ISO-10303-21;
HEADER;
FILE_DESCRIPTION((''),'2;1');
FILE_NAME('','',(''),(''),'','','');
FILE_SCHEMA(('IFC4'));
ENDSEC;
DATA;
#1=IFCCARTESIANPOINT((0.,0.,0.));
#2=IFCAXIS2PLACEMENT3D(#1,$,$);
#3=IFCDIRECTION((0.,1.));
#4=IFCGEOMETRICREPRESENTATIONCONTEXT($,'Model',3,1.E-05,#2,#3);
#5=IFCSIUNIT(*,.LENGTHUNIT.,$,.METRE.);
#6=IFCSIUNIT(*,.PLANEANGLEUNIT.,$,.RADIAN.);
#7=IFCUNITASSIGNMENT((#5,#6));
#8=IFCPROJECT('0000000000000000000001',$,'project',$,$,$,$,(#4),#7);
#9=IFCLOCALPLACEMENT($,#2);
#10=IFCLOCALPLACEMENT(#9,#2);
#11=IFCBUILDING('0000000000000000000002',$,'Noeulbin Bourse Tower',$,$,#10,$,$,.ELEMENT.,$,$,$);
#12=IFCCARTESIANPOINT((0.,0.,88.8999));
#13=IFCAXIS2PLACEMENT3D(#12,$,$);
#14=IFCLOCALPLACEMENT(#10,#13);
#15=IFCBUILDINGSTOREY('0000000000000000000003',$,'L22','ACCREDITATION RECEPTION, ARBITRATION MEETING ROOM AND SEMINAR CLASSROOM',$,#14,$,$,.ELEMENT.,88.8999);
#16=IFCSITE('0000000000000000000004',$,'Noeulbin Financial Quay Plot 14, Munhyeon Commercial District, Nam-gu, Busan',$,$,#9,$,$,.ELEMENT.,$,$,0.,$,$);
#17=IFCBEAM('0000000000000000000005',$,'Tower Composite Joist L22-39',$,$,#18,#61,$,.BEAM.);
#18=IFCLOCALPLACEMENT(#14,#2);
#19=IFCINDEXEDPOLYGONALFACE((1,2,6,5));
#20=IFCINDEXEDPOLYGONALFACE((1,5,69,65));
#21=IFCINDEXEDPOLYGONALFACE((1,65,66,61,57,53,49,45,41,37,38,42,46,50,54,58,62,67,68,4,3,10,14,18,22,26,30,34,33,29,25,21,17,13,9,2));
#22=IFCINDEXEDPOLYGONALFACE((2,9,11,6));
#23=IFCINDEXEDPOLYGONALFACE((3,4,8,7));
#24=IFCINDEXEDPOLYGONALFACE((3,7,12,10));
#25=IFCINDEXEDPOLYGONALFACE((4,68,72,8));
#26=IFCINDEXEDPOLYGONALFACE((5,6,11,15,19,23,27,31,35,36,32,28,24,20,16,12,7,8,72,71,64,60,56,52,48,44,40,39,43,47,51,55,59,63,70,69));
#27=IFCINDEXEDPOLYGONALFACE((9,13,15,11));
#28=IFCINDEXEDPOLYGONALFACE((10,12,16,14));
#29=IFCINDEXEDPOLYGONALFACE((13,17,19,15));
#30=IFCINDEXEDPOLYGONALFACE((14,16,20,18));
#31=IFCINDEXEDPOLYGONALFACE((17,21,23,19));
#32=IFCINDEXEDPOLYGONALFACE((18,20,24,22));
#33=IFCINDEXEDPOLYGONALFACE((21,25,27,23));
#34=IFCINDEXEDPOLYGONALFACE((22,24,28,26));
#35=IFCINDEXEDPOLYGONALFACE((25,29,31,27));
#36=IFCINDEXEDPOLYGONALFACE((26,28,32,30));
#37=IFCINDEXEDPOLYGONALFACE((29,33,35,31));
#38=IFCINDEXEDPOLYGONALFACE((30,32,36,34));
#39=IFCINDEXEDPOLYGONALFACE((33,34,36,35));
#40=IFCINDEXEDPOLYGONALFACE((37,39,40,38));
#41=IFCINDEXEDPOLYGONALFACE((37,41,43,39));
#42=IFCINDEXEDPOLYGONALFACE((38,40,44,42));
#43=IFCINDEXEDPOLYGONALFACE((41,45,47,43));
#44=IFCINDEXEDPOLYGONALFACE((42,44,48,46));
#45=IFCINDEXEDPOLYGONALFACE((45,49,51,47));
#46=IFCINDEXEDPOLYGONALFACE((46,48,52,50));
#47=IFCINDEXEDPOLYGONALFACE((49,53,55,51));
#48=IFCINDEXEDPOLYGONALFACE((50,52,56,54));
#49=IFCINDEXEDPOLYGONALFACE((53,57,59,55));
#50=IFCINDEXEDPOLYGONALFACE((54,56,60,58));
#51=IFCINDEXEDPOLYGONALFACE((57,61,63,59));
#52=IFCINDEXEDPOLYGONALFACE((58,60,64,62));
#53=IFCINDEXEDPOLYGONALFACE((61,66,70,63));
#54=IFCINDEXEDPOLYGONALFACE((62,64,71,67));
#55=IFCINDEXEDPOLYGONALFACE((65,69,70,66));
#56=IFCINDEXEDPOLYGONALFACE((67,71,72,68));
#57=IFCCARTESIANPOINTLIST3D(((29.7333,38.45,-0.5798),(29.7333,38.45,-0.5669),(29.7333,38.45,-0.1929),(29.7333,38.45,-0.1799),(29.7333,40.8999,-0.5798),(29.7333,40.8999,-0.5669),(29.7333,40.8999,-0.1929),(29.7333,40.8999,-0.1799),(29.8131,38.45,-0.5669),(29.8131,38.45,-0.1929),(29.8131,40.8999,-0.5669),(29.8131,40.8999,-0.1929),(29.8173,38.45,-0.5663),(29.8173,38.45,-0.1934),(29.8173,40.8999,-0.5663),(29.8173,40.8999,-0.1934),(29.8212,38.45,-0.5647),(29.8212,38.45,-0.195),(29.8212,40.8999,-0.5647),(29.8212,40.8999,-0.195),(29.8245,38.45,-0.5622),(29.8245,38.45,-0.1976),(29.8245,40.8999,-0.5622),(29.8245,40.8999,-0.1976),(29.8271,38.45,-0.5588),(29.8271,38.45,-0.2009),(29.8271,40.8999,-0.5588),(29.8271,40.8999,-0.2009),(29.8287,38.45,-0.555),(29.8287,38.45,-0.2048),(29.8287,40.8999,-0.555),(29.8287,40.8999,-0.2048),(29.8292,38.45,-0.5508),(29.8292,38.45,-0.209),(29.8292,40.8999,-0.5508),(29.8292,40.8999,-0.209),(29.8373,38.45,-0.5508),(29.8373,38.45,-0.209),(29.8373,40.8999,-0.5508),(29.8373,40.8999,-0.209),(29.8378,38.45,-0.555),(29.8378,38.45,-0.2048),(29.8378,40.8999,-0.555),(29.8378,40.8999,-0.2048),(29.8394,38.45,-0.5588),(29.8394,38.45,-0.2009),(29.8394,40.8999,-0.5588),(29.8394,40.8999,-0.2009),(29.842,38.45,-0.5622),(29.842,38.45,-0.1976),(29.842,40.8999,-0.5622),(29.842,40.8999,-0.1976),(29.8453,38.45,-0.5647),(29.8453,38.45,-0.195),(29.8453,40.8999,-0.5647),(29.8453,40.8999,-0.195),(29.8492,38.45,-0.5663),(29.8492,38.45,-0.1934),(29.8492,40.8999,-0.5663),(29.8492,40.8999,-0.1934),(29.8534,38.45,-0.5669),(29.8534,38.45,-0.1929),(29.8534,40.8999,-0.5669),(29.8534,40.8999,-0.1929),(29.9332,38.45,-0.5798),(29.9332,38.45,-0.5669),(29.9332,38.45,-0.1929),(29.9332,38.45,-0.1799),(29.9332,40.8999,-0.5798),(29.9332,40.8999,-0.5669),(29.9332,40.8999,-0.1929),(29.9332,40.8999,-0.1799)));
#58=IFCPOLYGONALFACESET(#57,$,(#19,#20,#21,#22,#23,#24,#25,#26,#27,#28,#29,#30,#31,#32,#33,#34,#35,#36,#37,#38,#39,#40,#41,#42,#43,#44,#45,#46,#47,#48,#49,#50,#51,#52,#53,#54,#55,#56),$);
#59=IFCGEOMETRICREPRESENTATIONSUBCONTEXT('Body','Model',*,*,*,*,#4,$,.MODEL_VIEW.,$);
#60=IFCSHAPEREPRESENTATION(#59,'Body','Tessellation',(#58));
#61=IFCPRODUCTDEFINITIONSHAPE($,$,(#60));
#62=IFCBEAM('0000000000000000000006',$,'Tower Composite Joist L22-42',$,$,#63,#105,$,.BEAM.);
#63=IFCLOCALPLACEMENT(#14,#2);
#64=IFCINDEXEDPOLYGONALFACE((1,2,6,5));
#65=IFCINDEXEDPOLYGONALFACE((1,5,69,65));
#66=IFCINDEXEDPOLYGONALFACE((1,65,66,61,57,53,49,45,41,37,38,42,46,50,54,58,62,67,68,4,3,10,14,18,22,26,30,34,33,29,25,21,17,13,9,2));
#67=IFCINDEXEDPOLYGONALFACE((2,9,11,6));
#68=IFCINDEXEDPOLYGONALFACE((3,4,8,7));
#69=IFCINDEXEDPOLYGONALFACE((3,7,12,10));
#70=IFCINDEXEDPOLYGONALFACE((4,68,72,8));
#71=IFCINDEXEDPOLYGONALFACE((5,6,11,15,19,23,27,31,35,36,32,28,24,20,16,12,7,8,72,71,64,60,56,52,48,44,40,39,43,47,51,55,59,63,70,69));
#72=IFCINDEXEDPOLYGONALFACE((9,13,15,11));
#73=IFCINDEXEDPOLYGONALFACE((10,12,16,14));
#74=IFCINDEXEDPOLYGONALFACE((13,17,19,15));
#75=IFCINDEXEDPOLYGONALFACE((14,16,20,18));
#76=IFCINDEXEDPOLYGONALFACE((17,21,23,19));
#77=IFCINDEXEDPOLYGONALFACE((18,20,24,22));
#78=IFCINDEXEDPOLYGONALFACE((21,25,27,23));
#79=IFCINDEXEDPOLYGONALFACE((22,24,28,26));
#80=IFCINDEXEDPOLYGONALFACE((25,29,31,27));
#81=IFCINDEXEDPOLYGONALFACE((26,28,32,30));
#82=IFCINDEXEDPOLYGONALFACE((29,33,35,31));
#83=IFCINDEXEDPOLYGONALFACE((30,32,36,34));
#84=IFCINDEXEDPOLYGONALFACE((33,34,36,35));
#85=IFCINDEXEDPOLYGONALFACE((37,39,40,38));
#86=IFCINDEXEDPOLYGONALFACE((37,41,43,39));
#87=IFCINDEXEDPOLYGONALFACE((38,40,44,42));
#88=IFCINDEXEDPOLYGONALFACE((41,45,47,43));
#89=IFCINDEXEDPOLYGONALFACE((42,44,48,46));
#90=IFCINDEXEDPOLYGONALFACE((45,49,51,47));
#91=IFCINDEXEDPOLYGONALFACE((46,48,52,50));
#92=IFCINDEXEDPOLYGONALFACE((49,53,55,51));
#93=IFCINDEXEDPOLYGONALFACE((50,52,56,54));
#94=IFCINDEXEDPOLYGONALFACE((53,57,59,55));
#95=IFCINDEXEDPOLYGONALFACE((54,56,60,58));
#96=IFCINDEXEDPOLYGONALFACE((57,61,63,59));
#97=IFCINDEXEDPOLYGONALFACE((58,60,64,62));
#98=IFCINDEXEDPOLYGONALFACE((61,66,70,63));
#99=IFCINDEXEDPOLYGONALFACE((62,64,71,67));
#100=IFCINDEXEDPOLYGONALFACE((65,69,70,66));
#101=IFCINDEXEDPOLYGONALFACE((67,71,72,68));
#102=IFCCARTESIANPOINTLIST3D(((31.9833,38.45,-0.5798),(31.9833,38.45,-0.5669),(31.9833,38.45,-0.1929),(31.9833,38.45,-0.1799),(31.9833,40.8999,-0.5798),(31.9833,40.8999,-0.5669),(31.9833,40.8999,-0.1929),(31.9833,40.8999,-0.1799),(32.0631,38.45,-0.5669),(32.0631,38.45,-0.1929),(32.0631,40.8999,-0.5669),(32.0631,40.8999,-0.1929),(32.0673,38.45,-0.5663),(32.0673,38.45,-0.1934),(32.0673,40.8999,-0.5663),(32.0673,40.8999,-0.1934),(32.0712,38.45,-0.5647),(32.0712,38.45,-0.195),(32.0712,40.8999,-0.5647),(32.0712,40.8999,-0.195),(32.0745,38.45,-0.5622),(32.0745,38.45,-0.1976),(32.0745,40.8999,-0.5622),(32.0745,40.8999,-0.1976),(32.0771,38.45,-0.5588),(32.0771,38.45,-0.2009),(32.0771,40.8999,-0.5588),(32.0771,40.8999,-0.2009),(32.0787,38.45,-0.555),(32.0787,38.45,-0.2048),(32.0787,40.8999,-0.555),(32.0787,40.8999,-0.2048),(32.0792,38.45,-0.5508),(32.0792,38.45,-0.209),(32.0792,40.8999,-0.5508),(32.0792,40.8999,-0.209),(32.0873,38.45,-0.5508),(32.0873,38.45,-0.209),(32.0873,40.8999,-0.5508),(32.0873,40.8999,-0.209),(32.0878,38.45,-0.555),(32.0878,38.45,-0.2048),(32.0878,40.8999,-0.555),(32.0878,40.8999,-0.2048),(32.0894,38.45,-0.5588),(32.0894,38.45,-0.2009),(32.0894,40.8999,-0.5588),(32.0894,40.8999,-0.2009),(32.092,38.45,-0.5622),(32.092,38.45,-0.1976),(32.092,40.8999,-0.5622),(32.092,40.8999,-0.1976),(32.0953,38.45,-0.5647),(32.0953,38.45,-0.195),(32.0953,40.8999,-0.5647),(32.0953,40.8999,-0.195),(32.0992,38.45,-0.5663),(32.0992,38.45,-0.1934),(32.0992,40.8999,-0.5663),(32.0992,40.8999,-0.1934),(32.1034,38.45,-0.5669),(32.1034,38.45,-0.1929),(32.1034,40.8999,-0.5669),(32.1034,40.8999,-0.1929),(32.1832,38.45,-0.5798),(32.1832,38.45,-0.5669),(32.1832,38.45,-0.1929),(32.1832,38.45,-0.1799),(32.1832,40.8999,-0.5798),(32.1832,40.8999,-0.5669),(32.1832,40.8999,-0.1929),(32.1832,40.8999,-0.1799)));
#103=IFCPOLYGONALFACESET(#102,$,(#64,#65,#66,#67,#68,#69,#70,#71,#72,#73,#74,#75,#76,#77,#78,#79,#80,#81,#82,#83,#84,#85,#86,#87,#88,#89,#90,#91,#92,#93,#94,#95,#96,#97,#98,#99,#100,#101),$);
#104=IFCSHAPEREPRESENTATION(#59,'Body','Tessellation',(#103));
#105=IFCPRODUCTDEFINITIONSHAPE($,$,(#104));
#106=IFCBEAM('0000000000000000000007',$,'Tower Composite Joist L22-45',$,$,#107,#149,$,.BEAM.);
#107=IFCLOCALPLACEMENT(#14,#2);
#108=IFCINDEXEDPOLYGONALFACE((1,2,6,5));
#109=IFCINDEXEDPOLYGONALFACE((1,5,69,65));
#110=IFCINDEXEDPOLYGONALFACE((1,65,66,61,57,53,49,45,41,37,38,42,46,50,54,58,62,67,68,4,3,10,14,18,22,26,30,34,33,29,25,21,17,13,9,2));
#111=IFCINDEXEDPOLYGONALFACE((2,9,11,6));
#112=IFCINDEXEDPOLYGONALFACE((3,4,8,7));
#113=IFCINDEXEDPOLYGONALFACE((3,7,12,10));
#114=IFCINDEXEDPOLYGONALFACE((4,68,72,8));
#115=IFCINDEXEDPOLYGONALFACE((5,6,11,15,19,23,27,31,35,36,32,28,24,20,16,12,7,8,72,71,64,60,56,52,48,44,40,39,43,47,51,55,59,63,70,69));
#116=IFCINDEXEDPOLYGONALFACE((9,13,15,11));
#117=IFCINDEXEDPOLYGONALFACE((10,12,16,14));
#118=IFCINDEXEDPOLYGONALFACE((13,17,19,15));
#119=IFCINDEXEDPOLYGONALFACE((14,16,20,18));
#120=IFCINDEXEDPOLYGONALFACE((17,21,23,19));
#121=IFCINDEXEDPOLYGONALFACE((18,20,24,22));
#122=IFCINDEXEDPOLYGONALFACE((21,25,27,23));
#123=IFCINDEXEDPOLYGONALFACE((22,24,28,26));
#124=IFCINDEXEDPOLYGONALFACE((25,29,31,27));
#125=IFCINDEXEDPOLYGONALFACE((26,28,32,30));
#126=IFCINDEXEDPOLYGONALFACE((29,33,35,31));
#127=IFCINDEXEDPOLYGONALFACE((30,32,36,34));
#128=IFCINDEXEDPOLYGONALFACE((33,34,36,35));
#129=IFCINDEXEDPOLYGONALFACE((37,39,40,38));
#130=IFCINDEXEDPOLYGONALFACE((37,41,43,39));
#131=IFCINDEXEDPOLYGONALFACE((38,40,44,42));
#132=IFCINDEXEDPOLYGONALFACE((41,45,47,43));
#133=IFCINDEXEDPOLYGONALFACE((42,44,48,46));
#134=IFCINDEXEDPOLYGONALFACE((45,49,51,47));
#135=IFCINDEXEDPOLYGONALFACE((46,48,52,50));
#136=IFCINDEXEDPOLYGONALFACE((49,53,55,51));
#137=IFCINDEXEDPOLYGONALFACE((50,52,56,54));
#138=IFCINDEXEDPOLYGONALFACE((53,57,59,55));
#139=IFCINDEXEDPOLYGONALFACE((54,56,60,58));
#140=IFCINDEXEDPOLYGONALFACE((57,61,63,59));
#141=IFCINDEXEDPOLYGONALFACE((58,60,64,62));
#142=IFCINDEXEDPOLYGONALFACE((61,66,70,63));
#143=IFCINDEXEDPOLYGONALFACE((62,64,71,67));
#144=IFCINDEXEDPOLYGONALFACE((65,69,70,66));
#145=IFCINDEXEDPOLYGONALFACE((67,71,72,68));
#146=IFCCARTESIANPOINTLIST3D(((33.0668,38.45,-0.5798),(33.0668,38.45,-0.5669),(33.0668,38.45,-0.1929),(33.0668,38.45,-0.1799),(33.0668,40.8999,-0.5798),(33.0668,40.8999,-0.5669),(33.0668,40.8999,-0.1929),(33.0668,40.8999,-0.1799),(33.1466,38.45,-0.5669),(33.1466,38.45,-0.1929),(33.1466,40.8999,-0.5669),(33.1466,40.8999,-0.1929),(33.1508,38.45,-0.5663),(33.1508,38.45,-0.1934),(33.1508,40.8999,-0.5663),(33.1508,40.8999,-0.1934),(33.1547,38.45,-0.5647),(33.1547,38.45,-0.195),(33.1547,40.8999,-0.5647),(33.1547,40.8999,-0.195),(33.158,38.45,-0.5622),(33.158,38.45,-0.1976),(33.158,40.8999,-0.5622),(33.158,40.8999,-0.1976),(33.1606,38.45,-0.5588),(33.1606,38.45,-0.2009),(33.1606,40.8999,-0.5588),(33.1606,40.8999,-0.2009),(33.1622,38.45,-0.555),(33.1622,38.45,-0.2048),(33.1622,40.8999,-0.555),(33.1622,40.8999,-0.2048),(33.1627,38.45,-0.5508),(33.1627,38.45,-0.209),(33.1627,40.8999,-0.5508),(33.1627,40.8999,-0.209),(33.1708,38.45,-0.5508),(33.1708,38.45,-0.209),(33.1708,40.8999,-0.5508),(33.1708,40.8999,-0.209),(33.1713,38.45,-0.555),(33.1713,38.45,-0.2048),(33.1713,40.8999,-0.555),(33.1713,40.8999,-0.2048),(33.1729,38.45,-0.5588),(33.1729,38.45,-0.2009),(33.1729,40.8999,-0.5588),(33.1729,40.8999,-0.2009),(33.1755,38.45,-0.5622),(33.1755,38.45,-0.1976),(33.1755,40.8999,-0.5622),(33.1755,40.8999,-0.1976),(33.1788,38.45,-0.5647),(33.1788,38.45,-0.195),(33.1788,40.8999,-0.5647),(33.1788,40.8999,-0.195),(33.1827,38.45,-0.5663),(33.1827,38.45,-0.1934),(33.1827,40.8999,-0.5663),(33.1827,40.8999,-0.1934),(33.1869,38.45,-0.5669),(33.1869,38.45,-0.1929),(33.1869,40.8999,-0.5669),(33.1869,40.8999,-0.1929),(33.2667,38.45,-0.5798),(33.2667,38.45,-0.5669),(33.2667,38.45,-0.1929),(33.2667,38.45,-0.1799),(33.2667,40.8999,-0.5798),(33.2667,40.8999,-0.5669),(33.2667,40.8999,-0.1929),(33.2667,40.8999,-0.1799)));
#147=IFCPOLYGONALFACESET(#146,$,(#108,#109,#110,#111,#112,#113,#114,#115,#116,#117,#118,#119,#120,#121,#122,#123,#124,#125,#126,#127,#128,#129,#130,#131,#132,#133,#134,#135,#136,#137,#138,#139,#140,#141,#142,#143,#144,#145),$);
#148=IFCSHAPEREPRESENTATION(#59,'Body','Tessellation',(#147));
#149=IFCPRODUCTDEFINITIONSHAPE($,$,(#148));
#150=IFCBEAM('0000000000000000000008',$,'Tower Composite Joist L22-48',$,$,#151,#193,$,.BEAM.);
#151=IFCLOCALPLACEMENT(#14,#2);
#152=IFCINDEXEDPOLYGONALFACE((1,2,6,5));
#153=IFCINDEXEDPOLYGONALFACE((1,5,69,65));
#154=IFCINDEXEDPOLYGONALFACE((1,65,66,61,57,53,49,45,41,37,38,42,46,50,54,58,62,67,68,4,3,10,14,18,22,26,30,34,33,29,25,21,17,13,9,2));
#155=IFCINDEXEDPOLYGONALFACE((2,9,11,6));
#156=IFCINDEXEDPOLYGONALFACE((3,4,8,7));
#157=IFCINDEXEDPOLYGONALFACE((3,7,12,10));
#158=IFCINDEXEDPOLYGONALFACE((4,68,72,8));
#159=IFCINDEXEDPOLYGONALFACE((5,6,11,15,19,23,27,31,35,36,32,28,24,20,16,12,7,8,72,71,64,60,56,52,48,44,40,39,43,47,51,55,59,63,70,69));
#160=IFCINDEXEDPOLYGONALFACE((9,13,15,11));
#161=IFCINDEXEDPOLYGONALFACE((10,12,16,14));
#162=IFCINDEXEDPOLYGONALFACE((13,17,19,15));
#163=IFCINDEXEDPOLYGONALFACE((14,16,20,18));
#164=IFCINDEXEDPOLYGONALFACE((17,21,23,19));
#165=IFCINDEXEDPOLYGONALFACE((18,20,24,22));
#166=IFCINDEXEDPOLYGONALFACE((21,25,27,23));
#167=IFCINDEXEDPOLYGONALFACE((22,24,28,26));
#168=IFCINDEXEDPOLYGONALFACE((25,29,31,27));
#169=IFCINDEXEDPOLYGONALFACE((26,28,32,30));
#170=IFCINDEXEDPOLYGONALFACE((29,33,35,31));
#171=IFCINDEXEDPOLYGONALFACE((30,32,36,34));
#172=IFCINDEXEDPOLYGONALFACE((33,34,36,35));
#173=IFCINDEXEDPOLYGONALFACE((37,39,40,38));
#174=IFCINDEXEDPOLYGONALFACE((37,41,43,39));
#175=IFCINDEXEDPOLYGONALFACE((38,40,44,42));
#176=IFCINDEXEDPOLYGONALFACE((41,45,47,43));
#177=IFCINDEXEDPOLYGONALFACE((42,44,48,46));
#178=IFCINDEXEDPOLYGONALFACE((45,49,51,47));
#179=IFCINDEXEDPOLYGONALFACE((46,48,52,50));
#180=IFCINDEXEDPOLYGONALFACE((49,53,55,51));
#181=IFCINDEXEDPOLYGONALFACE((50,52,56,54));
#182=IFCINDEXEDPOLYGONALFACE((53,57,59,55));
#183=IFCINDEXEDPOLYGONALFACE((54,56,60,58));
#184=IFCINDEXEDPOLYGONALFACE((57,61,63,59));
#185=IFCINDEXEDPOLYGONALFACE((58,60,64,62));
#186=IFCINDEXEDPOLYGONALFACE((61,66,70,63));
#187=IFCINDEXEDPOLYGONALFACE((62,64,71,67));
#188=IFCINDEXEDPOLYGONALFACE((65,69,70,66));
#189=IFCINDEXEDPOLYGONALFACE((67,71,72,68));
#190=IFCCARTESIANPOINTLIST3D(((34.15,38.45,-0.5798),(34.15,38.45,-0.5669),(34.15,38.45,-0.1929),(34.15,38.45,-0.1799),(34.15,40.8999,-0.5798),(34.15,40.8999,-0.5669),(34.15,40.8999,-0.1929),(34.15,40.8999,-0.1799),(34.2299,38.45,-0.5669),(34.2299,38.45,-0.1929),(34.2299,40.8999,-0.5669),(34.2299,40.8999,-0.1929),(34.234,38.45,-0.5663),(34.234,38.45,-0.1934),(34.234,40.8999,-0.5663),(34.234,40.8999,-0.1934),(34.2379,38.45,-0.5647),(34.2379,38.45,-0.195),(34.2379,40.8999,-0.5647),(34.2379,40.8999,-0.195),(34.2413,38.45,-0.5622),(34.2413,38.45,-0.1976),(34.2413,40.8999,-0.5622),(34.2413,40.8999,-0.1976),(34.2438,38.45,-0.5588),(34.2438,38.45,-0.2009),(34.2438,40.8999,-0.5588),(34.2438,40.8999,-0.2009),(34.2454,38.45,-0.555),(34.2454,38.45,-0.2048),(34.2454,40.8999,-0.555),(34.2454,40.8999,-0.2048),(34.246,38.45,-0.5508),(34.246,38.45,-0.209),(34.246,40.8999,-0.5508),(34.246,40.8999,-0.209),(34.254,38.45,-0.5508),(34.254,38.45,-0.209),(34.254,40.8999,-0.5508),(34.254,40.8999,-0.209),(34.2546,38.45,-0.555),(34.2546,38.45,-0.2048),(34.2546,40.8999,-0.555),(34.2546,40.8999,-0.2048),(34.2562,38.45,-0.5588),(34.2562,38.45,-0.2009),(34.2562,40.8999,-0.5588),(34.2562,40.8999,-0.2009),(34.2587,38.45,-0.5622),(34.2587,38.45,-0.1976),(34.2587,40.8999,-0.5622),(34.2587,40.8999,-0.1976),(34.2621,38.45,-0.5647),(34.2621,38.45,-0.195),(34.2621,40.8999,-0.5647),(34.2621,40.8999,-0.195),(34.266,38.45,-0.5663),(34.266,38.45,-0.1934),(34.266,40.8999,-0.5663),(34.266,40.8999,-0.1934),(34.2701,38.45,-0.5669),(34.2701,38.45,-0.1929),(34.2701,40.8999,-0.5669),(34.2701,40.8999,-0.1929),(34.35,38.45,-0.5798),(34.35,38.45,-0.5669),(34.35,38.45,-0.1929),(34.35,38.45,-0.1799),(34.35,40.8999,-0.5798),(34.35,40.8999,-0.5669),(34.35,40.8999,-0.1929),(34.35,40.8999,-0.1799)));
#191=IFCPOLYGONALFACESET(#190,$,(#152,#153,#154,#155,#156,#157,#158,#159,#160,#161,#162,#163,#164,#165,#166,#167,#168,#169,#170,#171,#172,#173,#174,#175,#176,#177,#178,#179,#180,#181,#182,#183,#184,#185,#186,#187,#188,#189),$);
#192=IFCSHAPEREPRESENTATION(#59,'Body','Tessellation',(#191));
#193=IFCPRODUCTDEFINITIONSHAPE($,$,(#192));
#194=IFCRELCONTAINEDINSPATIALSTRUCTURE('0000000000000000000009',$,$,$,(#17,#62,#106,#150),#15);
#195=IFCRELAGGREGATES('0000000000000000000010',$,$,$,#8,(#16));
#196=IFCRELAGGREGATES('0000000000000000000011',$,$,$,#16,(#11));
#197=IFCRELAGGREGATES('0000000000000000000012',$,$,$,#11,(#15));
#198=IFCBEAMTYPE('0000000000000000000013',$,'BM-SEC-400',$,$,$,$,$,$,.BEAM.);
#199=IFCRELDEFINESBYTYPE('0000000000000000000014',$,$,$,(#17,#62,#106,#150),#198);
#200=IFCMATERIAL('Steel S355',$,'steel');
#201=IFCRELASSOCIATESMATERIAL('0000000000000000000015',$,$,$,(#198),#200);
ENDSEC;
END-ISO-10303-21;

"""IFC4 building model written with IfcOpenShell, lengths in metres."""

from ifc_helpers import new_model, si_unit, direction, frame, origin, origin_2d, place, context, subcontext, project, spatial, i_section, extrude, material, material_profile, profile_set, type_object, element, save


model = new_model("IFC4")

# Units and contexts
model_context = context("Model", 3, precision=1e-05, world=origin(), true_north=direction((0.0, 1.0)))
body_context = subcontext(model_context, "Body", "Model", "MODEL_VIEW")
ifc_project = project(units=[si_unit("LENGTHUNIT", "METRE"), si_unit("PLANEANGLEUNIT", "RADIAN")], contexts=[model_context])

# Site, building, storey
site_placement = place(None, origin())
site = spatial("IfcSite", under=ifc_project, at=site_placement, Name="Noeulbin Financial Quay Plot 14, Munhyeon Commercial District, Nam-gu, Busan", CompositionType="ELEMENT", RefElevation=0.0)
building_placement = place(site_placement, origin())
building = spatial("IfcBuilding", under=site, at=building_placement, Name="Noeulbin Bourse Tower", CompositionType="ELEMENT")
storey_placement = place(building_placement, frame((0.0, 0.0, 88.8999)))
storey = spatial("IfcBuildingStorey", under=building, at=storey_placement, Name="L22", Description="ACCREDITATION RECEPTION, ARBITRATION MEETING ROOM AND SEMINAR CLASSROOM", CompositionType="ELEMENT", Elevation=88.8999)

# Beams
ifc_material_1 = material(Name="Steel S355", Category="steel")
ifc_material_profile_1 = material_profile(ifc_material_1, i_section(OverallWidth=0.2, OverallDepth=0.3999, WebThickness=0.0081, FlangeThickness=0.0129, FilletRadius=0.0161, at=origin_2d()), Name="H-400x200x8x13", Category="LoadBearing")
ifc_profile_set_1 = profile_set([ifc_material_profile_1], Name="Steel S355")
beam_type_1 = type_object("IfcBeamType", Name="BM-SEC-400", PredefinedType="BEAM", material=ifc_profile_set_1)
for number, where, z_axis, x_axis, name in (
    (1, (29.8333, 38.45, -0.3799), (0.0, 1.0, 0.0), (-1.0, 0.0, 0.0), "Tower Composite Joist L22-39"),
    (2, (32.0833, 38.45, -0.3799), (0.0, 1.0, 0.0), (-1.0, 0.0, 0.0), "Tower Composite Joist L22-42"),
    (3, (33.1667, 38.45, -0.3799), (0.0, 1.0, 0.0), (-1.0, 0.0, 0.0), "Tower Composite Joist L22-45"),
    (4, (34.25, 38.45, -0.3799), (0.0, 1.0, 0.0), (-1.0, 0.0, 0.0), "Tower Composite Joist L22-48"),
):
    element("IfcBeam", number, at=place(storey_placement, frame(where, z_axis=z_axis, x_axis=x_axis)), inside=storey, type_object=beam_type_1, Name=name, PredefinedType="BEAM", context=body_context, shape_type="SweptSolid", body=[
        extrude(i_section(OverallWidth=0.2, OverallDepth=0.3999, WebThickness=0.0081, FlangeThickness=0.0129, FilletRadius=0.0161, at=origin_2d()), origin(), (0.0, 0.0, 1.0), 2.45),
    ])

save(model, "model.ifc")
